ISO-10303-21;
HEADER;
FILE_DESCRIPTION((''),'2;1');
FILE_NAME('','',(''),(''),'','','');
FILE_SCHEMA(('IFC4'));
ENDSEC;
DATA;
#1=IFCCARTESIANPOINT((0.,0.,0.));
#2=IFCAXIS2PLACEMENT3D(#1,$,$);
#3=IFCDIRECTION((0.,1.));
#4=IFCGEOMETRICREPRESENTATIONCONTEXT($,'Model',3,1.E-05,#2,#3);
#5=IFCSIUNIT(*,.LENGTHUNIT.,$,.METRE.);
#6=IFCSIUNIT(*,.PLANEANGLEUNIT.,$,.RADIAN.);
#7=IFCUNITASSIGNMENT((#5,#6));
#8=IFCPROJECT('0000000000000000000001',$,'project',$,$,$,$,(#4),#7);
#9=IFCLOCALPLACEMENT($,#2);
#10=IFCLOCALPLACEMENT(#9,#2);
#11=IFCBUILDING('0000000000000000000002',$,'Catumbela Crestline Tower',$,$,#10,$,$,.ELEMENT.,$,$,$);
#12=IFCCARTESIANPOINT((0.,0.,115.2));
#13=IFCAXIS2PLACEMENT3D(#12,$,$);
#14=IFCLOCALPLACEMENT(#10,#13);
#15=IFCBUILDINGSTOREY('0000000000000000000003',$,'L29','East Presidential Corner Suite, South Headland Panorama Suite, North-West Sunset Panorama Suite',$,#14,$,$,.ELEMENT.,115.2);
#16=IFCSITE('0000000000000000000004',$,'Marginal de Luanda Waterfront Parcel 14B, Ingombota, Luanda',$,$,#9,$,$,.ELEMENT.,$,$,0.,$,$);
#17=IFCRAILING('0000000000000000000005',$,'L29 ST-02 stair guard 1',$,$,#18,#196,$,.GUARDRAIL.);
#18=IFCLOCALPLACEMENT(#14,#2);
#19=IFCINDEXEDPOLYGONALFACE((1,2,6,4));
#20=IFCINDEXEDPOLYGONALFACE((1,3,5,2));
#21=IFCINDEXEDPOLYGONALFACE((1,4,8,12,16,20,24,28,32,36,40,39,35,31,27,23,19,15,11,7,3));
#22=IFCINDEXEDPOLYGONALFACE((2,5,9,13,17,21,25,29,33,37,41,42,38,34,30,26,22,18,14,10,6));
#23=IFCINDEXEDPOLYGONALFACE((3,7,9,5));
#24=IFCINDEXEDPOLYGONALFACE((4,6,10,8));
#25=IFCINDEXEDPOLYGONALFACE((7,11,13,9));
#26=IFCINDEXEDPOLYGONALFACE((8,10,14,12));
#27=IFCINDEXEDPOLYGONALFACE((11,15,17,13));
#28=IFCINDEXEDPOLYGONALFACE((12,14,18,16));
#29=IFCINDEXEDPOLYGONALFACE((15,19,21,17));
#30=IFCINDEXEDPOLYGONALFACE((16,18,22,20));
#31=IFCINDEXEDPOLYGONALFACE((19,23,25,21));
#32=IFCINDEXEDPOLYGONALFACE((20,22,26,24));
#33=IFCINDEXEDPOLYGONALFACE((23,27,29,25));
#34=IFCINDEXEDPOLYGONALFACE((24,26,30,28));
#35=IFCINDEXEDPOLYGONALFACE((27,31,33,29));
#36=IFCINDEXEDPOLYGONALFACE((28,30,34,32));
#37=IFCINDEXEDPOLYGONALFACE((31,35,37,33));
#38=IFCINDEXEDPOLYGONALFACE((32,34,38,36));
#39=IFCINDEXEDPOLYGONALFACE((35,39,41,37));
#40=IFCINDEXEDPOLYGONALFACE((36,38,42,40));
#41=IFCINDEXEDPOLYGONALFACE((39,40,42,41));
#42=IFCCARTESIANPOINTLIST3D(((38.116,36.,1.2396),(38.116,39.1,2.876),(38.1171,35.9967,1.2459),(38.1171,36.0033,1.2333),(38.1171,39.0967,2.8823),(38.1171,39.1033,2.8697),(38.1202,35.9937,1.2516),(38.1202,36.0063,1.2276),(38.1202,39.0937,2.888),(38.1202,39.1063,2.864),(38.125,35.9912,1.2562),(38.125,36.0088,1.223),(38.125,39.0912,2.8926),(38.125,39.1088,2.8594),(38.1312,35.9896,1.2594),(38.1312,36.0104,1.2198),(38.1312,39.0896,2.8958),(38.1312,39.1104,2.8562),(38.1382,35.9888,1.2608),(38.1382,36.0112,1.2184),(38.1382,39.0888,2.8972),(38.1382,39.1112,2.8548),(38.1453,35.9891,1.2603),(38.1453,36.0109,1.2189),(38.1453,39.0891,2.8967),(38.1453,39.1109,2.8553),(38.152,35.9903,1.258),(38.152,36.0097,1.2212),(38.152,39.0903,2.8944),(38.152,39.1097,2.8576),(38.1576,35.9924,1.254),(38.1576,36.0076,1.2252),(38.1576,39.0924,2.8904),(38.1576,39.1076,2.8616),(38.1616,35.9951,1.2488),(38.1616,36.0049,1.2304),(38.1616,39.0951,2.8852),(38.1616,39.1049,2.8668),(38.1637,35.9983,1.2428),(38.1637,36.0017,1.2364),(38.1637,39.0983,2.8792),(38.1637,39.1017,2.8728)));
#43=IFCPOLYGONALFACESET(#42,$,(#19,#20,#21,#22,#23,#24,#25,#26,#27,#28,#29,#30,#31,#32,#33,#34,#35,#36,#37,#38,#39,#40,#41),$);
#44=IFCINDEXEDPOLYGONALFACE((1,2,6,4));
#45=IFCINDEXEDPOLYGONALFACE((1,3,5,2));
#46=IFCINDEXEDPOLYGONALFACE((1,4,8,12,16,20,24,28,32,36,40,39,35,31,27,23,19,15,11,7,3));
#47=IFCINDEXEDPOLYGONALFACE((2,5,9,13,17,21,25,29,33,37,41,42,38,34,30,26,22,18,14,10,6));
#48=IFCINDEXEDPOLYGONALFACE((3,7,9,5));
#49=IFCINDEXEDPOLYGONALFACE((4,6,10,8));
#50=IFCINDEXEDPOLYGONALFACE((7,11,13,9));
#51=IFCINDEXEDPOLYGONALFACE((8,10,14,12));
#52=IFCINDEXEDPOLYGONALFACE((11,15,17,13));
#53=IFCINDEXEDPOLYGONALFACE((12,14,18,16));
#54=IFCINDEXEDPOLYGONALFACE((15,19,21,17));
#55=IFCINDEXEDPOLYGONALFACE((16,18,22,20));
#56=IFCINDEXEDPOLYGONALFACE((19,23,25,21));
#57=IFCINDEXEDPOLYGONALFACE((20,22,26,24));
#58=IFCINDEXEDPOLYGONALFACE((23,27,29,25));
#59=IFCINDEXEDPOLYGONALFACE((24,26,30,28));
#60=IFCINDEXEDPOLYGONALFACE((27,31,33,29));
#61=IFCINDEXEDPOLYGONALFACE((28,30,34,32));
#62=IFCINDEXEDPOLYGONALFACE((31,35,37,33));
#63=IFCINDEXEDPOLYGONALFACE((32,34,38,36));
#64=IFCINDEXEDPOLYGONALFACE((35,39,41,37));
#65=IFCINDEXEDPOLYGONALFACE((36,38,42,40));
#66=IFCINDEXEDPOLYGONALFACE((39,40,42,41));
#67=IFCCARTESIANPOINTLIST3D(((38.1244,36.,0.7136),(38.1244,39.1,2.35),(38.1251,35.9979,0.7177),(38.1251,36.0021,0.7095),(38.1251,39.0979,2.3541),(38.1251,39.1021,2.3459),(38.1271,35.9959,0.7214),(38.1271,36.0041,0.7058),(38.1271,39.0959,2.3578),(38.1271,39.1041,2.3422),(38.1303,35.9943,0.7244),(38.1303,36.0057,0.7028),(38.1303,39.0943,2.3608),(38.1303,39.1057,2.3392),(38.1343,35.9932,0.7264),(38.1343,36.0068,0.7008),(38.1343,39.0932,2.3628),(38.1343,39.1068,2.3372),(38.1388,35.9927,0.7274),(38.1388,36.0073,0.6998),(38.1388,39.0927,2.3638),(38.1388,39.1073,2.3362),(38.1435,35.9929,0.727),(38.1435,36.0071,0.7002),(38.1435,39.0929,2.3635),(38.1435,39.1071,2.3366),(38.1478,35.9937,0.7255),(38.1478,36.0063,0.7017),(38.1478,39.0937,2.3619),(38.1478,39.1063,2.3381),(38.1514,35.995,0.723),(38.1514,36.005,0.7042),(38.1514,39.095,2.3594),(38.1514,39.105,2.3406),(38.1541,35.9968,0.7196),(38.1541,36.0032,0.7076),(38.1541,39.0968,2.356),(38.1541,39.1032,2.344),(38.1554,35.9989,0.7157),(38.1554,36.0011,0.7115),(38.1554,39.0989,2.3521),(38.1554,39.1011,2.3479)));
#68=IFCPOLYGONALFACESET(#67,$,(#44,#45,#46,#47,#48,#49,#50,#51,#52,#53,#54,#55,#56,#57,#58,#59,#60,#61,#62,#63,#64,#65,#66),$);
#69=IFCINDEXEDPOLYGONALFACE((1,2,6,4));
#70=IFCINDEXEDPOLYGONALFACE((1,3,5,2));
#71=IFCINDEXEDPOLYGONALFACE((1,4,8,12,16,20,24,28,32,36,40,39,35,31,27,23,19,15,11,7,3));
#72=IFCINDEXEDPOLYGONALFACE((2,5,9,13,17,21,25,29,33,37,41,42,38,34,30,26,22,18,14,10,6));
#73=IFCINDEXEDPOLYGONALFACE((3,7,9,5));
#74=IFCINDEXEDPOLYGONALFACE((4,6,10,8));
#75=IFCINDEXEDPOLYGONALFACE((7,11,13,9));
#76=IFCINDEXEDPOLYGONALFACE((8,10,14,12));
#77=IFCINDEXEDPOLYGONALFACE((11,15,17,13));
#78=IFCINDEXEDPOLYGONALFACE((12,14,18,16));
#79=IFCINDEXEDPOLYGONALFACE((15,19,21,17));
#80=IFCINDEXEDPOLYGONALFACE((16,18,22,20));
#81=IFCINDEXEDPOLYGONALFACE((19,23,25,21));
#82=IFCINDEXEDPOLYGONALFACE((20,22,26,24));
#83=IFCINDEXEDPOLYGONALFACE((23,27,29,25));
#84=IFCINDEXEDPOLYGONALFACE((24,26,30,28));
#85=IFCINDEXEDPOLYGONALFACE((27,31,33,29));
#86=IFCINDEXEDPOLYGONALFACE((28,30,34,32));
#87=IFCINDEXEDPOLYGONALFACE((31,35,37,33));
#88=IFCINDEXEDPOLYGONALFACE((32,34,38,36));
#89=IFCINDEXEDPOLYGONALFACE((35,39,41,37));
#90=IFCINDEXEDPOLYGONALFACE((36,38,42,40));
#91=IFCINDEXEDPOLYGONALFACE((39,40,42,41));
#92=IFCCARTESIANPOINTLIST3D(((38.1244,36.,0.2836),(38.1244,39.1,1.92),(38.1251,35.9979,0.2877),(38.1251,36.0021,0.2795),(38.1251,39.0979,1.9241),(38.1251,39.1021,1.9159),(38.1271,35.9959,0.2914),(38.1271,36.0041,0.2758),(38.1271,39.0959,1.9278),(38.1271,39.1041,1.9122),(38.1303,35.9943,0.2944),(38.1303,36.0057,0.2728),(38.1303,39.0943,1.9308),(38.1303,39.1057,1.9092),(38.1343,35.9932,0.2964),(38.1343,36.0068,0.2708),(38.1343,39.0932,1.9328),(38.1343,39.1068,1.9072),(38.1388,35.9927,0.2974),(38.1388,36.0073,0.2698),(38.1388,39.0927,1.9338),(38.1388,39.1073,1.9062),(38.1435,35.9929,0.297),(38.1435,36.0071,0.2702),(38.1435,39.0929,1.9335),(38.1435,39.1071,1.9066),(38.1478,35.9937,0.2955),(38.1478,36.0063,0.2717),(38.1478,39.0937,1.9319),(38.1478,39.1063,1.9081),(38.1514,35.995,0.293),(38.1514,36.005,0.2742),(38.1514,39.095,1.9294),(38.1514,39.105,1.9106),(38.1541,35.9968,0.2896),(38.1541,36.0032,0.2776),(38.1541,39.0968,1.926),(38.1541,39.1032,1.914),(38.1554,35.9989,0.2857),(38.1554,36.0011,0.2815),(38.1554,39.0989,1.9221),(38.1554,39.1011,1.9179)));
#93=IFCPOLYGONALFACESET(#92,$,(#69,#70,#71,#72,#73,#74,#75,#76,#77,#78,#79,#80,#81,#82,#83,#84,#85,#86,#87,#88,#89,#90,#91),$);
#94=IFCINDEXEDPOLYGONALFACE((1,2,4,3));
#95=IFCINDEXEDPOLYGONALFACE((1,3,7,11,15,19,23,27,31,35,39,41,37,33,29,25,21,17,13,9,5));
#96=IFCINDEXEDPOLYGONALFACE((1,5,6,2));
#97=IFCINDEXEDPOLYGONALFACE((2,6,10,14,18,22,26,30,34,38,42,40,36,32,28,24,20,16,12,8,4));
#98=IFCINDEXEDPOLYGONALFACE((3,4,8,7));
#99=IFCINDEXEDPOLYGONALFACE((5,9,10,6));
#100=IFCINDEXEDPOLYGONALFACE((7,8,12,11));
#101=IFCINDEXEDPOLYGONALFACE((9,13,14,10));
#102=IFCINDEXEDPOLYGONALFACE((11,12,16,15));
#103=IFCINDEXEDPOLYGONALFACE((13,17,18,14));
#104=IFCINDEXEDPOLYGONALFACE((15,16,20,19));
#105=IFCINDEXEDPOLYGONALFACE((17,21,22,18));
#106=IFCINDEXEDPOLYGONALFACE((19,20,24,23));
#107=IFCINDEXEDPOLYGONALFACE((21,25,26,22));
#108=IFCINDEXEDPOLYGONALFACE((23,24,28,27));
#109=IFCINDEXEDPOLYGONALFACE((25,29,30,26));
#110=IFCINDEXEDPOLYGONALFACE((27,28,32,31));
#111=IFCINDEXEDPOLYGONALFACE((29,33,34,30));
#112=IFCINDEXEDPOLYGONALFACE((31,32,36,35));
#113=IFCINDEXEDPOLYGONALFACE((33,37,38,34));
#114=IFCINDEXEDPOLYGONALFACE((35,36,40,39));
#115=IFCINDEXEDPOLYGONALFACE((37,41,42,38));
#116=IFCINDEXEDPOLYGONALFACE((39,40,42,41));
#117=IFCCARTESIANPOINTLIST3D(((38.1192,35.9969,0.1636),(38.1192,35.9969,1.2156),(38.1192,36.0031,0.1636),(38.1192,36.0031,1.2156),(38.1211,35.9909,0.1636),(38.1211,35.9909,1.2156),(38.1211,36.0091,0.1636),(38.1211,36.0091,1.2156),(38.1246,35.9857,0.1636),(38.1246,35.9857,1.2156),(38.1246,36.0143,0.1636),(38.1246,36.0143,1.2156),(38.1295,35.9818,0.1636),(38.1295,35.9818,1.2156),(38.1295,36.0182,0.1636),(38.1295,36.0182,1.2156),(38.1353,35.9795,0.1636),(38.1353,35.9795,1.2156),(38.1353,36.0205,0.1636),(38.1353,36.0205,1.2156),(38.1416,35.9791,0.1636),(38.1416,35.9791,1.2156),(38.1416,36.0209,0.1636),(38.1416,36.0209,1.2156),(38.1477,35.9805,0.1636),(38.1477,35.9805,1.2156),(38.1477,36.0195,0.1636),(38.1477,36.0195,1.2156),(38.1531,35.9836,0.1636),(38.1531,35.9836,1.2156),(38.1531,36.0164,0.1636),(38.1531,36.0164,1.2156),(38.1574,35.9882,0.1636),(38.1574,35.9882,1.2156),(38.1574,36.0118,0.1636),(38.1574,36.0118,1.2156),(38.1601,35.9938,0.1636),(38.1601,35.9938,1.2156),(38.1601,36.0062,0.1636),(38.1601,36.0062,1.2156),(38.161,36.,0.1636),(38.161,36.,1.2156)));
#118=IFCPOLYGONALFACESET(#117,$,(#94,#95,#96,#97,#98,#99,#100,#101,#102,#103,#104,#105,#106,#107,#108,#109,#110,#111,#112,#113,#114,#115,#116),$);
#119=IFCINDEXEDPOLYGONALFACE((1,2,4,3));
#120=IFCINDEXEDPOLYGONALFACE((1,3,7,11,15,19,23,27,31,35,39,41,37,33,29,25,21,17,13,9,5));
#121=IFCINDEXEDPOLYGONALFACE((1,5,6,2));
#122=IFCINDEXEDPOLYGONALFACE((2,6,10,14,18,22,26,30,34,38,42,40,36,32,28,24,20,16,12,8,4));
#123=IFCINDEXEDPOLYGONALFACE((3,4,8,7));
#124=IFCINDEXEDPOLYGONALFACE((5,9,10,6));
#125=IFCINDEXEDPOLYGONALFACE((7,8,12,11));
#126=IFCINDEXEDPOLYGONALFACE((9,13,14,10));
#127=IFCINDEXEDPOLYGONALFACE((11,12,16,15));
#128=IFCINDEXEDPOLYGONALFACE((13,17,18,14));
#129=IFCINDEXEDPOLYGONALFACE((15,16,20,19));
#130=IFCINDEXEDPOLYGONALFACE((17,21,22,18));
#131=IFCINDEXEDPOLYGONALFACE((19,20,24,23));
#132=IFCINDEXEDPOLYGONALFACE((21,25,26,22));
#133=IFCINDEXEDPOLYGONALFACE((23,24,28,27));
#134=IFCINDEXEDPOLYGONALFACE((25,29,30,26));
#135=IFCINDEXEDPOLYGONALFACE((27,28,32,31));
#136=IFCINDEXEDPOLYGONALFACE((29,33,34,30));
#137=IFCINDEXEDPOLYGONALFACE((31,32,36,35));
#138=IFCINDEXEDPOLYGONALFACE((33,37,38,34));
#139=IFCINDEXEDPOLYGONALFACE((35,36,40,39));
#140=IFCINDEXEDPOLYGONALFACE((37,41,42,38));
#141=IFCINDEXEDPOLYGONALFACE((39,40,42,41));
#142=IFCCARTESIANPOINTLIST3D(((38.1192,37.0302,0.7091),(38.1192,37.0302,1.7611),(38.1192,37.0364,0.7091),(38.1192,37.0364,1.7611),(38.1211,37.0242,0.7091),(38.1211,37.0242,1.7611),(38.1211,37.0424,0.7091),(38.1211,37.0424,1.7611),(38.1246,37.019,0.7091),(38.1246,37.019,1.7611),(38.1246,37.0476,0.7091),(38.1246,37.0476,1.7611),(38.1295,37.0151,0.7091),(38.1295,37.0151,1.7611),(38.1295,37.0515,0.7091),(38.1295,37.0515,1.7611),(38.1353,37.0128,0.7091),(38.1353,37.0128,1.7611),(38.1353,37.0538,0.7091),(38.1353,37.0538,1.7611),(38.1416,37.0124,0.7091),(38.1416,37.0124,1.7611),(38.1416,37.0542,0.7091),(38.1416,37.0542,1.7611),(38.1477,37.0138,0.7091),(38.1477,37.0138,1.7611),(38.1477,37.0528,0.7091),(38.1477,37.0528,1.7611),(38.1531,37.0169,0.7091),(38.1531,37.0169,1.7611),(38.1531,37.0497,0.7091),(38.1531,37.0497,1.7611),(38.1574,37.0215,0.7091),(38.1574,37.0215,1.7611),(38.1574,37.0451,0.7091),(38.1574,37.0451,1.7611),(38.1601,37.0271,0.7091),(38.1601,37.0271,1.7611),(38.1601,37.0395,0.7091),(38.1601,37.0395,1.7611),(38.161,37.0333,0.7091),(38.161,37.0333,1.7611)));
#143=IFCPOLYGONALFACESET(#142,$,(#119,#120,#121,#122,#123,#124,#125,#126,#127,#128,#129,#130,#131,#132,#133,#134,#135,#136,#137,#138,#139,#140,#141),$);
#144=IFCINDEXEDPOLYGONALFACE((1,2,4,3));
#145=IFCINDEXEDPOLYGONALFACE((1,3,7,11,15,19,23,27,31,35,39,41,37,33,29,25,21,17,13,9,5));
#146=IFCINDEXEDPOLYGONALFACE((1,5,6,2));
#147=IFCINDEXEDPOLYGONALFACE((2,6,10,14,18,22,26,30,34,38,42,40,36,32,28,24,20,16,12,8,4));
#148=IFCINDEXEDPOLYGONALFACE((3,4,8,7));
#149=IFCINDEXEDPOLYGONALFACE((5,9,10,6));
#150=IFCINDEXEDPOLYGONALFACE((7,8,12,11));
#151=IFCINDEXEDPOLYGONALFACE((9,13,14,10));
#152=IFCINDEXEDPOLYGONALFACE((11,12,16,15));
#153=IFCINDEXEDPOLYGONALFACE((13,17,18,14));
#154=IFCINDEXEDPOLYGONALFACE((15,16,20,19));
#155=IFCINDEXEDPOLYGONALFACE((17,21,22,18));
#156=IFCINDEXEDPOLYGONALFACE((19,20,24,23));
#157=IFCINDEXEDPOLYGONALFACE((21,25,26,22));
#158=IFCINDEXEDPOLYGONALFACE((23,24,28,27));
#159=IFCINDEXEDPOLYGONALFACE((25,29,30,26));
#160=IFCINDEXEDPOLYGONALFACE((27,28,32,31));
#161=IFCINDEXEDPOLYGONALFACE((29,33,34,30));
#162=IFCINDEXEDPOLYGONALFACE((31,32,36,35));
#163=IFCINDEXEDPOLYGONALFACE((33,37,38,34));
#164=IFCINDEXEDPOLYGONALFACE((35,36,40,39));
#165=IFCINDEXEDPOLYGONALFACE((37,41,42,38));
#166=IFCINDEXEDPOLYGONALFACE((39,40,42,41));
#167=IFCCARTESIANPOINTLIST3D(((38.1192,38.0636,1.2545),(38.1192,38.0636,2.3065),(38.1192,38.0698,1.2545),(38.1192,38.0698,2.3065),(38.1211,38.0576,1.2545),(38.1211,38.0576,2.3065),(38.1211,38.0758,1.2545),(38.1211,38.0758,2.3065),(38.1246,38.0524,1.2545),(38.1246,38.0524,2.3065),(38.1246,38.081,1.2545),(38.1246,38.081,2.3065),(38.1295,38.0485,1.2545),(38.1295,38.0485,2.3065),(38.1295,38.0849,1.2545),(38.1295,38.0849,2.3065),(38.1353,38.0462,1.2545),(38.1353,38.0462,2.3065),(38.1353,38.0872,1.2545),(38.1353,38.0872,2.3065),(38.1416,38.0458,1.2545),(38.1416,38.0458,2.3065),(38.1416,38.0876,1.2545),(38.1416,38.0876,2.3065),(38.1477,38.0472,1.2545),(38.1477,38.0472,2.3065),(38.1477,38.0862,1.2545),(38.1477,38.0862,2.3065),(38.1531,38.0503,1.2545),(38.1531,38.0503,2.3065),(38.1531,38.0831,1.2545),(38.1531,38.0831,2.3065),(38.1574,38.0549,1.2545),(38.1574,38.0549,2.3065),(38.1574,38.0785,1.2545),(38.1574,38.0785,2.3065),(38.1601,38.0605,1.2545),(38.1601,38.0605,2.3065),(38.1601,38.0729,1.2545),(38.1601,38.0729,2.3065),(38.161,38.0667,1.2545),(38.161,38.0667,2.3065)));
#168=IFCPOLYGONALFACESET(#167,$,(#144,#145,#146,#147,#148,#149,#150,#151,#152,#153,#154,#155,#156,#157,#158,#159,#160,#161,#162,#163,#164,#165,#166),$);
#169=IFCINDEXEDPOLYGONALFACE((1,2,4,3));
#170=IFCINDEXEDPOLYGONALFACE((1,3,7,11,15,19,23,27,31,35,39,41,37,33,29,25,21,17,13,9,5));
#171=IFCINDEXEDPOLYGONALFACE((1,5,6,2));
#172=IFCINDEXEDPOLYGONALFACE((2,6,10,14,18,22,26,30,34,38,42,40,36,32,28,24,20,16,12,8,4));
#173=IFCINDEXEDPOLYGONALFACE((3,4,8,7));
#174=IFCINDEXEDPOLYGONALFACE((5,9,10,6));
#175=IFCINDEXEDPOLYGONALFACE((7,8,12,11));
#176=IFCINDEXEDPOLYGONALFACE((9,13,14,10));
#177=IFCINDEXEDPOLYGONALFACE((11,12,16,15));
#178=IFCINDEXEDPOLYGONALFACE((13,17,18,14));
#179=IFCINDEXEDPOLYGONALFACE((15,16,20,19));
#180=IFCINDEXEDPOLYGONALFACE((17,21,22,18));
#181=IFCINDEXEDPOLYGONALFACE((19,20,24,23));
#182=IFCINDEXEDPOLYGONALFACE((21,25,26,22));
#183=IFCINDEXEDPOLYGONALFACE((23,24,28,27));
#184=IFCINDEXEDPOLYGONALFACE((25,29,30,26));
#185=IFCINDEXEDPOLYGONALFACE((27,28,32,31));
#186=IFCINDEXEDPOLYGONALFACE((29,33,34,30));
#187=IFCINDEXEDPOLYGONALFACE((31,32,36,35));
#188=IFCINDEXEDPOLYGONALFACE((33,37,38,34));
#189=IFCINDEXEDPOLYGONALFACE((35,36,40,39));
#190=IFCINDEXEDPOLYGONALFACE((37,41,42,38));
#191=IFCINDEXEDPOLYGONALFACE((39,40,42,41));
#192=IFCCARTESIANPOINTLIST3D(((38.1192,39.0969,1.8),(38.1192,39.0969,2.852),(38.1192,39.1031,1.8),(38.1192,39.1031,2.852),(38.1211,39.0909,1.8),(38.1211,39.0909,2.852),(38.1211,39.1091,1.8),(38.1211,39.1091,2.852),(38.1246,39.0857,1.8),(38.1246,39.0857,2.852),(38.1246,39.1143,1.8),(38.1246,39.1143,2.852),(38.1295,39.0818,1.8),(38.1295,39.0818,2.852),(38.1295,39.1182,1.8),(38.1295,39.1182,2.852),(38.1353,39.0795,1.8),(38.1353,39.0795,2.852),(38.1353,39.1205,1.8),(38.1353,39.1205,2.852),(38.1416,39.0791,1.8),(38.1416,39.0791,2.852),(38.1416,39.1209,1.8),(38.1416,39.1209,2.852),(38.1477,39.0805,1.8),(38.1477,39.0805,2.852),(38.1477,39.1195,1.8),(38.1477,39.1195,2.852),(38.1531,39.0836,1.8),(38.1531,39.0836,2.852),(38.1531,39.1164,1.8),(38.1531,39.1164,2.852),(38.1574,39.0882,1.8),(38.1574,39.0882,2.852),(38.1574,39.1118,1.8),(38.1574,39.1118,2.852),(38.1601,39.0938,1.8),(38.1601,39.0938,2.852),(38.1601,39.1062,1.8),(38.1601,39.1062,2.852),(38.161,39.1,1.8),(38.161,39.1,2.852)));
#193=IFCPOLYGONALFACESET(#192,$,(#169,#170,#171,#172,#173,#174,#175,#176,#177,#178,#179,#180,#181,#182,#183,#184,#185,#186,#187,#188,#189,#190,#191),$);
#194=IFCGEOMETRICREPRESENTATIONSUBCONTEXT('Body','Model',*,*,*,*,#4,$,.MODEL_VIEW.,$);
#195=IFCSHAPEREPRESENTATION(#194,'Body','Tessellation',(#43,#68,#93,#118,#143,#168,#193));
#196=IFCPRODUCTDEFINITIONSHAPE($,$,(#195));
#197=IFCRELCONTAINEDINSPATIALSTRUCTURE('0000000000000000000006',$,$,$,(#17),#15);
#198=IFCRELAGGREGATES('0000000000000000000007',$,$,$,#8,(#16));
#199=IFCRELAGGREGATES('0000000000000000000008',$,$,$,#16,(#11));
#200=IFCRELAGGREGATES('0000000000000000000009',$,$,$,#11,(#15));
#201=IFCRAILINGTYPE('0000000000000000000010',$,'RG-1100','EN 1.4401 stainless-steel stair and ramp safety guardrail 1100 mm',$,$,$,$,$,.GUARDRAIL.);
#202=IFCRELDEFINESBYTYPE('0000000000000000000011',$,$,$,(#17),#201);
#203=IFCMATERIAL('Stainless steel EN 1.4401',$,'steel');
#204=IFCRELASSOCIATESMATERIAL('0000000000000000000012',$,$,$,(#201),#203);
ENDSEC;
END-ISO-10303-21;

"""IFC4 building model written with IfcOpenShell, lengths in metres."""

from ifc_helpers import new_model, si_unit, direction, frame, origin, origin_2d, place, context, subcontext, project, spatial, circle, extrude, material, type_object, element, save


model = new_model("IFC4")

# Units and contexts
model_context = context("Model", 3, precision=1e-05, world=origin(), true_north=direction((0.0, 1.0)))
body_context = subcontext(model_context, "Body", "Model", "MODEL_VIEW")
ifc_project = project(units=[si_unit("LENGTHUNIT", "METRE"), si_unit("PLANEANGLEUNIT", "RADIAN")], contexts=[model_context])

# Site, building, storey
site_placement = place(None, origin())
site = spatial("IfcSite", under=ifc_project, at=site_placement, Name="Marginal de Luanda Waterfront Parcel 14B, Ingombota, Luanda", CompositionType="ELEMENT", RefElevation=0.0)
building_placement = place(site_placement, origin())
building = spatial("IfcBuilding", under=site, at=building_placement, Name="Catumbela Crestline Tower", CompositionType="ELEMENT")
storey_placement = place(building_placement, frame((0.0, 0.0, 115.2)))
storey = spatial("IfcBuildingStorey", under=building, at=storey_placement, Name="L29", Description="East Presidential Corner Suite, South Headland Panorama Suite, North-West Sunset Panorama Suite", CompositionType="ELEMENT", Elevation=115.2)

# Shared definitions
ifc_material_1 = material(Name="Stainless steel EN 1.4401", Category="steel")

# Railing
railing_type_1 = type_object("IfcRailingType", Name="RG-1100", Description="EN 1.4401 stainless-steel stair and ramp safety guardrail 1100 mm", PredefinedType="GUARDRAIL", material=ifc_material_1)
railing_1_placement = place(storey_placement, frame((38.14, 36.0, 0.1636)))
element("IfcRailing", 1, at=railing_1_placement, inside=storey, type_object=railing_type_1, Name="L29 ST-02 stair guard 1", PredefinedType="GUARDRAIL", context=body_context, shape_type="SweptSolid", body=[
    extrude(circle(Radius=0.024, at=origin_2d()), frame((0.0, 0.0, 1.076), z_axis=(0.0, 0.884351, 0.466823), x_axis=(-1.0, 0.0, 0.0)), (0.0, 0.0, 1.0), 3.5054),
    extrude(circle(Radius=0.0156, at=origin_2d()), frame((0.0, 0.0, 0.55), z_axis=(0.0, 0.884351, 0.466823), x_axis=(-1.0, 0.0, 0.0)), (0.0, 0.0, 1.0), 3.5054),
    extrude(circle(Radius=0.0156, at=origin_2d()), frame((0.0, 0.0, 0.12), z_axis=(0.0, 0.884351, 0.466823), x_axis=(-1.0, 0.0, 0.0)), (0.0, 0.0, 1.0), 3.5054),
    extrude(circle(Radius=0.021, at=origin_2d()), origin(), (0.0, 0.0, 1.0), 1.052),
    extrude(circle(Radius=0.021, at=origin_2d()), frame((0.0, 1.0333, 0.5455)), (0.0, 0.0, 1.0), 1.052),
    extrude(circle(Radius=0.021, at=origin_2d()), frame((0.0, 2.0667, 1.0909)), (0.0, 0.0, 1.0), 1.052),
    extrude(circle(Radius=0.021, at=origin_2d()), frame((0.0, 3.1, 1.6364)), (0.0, 0.0, 1.0), 1.052),
])

save(model, "model.ifc")
